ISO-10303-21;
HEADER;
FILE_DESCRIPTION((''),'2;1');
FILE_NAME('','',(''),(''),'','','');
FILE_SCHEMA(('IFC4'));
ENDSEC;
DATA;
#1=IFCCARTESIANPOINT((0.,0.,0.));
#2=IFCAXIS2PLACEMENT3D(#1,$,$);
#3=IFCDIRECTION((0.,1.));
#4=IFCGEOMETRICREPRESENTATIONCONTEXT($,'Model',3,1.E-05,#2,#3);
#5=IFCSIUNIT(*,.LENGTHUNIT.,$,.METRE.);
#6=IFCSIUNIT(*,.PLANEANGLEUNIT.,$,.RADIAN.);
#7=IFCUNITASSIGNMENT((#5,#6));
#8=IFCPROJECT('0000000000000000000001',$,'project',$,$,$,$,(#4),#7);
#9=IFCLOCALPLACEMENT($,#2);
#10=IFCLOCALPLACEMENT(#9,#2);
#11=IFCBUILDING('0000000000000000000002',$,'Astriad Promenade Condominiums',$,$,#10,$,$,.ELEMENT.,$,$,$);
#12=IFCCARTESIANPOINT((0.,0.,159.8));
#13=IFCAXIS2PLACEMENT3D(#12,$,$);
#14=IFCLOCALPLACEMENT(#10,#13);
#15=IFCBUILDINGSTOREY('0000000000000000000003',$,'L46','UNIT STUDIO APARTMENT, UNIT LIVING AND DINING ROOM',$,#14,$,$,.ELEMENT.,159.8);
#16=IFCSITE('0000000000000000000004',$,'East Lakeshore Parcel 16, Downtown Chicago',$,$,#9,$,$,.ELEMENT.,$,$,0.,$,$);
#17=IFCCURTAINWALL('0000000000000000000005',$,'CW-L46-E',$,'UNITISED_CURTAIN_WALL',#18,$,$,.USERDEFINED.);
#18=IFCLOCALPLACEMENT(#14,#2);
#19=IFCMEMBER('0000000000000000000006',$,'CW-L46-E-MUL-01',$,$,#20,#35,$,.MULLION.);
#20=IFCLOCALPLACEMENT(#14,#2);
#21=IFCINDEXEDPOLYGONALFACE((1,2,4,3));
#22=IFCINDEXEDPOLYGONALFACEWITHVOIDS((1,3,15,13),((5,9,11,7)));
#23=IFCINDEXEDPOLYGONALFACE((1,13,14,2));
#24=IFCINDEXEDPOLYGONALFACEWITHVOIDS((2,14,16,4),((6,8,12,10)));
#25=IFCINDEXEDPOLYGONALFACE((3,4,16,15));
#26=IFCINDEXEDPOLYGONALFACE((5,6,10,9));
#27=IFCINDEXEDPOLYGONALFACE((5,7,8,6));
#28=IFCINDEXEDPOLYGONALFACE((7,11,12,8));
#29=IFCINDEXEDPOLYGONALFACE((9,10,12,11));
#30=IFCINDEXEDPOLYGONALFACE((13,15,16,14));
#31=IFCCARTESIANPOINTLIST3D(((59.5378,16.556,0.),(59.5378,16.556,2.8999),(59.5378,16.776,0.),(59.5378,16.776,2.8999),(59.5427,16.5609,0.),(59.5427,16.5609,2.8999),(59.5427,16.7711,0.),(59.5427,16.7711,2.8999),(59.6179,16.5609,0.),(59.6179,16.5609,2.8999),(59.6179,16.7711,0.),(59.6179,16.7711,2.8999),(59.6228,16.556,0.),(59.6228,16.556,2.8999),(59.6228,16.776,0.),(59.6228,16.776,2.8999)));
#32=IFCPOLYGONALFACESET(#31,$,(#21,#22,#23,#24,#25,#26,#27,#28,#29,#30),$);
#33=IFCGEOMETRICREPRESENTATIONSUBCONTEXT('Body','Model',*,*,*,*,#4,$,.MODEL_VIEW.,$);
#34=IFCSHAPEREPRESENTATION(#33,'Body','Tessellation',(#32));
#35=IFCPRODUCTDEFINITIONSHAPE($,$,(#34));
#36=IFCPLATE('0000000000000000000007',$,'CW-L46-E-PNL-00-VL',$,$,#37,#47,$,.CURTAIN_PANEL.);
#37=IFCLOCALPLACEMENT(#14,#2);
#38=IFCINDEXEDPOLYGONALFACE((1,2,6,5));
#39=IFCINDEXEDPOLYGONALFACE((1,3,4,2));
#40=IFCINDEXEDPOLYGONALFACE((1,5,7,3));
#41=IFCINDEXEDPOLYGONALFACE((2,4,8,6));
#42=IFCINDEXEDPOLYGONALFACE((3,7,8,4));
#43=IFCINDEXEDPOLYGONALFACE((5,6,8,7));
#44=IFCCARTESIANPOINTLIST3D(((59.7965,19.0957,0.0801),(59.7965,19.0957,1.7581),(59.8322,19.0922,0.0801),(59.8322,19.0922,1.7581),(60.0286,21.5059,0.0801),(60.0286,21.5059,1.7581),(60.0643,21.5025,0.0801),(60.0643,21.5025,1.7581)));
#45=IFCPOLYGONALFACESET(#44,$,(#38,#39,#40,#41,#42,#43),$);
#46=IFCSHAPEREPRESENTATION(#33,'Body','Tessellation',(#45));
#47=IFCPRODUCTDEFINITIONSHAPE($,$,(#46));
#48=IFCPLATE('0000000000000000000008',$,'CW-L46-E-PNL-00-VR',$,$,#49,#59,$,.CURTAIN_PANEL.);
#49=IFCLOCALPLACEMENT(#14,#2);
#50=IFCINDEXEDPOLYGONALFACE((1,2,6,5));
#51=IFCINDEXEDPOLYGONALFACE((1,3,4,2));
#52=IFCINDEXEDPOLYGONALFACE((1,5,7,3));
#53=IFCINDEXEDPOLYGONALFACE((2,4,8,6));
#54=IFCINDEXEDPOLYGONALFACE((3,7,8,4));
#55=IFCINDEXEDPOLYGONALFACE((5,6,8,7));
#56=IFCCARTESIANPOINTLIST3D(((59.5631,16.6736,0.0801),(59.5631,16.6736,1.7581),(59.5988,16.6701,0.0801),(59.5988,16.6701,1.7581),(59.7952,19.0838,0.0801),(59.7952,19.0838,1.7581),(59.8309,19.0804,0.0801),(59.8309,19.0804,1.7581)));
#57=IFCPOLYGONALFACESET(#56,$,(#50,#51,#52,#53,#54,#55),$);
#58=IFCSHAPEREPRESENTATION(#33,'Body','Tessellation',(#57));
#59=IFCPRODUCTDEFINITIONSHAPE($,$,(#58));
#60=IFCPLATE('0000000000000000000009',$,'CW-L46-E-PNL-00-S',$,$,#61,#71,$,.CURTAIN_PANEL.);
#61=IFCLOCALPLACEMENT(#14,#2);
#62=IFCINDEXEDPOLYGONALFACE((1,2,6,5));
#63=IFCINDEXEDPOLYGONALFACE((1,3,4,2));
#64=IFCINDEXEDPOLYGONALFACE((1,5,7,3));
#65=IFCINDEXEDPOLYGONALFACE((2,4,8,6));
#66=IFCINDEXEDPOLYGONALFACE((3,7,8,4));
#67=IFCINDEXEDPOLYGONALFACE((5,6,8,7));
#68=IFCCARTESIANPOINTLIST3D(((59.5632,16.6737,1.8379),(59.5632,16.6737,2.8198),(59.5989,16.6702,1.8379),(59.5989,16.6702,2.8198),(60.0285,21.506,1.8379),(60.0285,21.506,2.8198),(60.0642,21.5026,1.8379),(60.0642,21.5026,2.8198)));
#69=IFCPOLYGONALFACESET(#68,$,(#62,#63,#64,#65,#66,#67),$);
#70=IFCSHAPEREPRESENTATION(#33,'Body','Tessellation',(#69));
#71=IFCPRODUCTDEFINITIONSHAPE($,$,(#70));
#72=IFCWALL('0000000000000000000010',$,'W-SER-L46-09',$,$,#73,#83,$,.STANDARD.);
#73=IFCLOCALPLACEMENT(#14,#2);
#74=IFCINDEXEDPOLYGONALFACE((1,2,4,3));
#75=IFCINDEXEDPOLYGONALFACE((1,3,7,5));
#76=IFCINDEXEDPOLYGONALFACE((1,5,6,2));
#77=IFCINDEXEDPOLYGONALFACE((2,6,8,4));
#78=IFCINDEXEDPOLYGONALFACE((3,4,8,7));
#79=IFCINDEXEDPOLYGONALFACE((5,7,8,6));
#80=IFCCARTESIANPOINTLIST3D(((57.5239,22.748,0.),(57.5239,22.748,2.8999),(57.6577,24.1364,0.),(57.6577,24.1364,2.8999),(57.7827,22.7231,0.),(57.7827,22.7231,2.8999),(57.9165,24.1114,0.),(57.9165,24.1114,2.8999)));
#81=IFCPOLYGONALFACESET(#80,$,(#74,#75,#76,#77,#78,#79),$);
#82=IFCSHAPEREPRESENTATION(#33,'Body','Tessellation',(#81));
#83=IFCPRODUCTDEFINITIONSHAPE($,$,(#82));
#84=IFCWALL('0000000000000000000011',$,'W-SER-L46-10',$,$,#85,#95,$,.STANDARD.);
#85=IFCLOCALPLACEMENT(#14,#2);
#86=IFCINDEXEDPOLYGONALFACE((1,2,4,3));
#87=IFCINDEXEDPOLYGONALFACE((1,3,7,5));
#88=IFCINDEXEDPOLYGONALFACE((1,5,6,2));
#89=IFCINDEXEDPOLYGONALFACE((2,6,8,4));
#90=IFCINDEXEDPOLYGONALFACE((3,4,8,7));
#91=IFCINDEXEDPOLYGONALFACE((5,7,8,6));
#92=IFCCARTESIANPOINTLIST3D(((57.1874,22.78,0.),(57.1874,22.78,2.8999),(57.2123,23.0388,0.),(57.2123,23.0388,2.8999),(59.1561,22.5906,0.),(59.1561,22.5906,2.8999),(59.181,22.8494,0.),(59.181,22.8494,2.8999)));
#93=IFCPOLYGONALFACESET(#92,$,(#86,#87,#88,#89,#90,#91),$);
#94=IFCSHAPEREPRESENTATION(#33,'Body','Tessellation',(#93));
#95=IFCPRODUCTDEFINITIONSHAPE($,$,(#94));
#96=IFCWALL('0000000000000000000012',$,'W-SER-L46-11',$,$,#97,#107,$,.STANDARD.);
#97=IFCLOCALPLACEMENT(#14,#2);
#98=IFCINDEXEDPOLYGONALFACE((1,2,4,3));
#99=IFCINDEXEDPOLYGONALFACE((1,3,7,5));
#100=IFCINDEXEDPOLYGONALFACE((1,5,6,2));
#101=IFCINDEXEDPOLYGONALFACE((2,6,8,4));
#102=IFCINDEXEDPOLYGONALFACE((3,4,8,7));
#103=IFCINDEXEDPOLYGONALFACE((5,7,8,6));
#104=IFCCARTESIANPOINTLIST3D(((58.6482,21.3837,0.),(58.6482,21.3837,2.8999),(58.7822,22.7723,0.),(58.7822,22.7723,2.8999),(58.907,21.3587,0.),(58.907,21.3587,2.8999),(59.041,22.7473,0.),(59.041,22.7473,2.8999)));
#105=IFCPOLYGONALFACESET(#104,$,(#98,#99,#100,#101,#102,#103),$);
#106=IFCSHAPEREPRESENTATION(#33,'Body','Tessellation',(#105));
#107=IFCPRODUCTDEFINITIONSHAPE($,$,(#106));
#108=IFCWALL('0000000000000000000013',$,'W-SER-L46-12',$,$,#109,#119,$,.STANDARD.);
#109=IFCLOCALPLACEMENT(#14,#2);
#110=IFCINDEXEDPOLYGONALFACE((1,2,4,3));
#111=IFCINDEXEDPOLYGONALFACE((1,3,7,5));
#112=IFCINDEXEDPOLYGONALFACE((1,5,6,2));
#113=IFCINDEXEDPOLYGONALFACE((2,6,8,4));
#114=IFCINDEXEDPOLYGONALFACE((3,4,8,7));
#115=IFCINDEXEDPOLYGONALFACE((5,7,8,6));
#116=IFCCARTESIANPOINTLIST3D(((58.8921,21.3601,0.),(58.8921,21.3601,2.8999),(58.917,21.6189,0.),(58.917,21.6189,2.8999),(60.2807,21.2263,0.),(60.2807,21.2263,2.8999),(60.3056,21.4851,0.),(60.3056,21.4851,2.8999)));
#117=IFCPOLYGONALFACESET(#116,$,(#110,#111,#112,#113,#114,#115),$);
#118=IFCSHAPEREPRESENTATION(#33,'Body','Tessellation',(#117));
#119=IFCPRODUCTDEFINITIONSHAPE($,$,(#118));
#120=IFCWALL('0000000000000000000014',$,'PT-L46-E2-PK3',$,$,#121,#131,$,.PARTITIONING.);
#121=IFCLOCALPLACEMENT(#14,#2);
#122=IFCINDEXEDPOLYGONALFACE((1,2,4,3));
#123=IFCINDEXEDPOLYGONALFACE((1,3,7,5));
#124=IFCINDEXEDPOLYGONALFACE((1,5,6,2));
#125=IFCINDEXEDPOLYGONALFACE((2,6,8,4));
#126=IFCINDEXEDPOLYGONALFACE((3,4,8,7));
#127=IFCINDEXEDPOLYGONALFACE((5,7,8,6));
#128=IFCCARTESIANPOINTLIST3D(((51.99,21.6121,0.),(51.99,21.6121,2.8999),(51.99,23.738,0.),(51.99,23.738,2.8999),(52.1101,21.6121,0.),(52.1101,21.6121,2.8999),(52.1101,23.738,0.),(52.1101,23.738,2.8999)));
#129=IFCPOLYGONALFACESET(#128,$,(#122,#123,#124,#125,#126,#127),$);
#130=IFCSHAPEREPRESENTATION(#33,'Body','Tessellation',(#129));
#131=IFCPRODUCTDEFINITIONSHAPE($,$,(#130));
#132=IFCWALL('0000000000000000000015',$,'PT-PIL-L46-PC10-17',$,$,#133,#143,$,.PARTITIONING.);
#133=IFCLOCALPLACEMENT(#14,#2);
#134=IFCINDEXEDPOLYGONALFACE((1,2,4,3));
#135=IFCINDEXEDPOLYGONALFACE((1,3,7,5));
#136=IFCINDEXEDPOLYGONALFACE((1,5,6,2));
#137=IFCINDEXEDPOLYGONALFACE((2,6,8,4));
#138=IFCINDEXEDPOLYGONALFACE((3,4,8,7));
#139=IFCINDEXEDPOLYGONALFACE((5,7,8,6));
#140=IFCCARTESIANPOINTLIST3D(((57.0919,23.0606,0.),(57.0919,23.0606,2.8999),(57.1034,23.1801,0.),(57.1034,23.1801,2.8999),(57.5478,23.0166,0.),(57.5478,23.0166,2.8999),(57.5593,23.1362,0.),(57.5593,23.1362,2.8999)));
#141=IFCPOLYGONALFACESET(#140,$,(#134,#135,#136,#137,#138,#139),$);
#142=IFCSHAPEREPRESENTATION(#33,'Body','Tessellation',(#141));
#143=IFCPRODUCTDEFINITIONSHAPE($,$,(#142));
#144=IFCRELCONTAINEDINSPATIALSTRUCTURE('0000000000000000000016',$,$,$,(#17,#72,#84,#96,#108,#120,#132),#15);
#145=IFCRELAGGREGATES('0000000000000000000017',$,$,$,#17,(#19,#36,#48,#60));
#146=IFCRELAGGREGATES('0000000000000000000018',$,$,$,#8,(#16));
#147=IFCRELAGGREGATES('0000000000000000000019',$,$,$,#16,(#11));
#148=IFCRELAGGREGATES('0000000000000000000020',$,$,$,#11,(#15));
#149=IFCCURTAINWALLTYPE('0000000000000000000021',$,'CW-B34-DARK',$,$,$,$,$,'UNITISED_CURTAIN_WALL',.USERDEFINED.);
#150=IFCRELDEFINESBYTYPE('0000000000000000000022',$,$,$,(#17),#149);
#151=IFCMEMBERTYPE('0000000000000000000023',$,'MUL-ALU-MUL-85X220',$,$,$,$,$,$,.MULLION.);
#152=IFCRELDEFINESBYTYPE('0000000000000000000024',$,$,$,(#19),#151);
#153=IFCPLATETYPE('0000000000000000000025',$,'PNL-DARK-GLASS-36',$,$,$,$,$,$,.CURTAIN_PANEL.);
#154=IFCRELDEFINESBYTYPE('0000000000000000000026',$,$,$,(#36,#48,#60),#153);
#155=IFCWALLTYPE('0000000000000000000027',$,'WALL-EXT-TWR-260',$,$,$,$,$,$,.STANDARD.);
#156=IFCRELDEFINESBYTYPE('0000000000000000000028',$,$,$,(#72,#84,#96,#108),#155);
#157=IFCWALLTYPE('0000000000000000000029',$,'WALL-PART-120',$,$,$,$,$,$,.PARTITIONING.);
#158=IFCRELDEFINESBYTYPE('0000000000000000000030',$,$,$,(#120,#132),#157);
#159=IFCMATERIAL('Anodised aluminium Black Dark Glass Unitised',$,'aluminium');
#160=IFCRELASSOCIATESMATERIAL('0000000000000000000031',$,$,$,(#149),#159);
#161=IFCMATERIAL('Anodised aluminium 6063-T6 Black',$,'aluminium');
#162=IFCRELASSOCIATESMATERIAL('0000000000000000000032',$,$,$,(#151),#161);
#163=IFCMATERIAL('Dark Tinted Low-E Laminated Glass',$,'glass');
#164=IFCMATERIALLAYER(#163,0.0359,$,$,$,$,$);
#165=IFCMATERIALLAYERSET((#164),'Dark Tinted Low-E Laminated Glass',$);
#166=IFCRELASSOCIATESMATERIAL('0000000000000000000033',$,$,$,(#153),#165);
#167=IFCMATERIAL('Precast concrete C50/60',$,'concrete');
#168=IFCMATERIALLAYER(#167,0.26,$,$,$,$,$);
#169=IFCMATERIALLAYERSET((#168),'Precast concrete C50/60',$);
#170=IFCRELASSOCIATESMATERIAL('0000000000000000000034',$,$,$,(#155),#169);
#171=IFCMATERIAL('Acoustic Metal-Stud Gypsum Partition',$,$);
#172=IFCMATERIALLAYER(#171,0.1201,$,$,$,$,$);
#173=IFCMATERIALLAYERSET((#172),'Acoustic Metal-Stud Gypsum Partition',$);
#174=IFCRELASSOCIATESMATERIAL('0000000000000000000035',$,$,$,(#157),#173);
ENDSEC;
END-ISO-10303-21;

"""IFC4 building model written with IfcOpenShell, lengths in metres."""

from ifc_helpers import new_model, si_unit, direction, frame, frame_2d, origin, origin_2d, place, context, subcontext, project, spatial, rectangle, hollow_rectangle, extrude, source, transform, mapped, material, layer, layer_set, material_profile, profile_set, type_object, type_shapes, element, aggregate, save


model = new_model("IFC4")

# Units and contexts
model_context = context("Model", 3, precision=1e-05, world=origin(), true_north=direction((0.0, 1.0)))
body_context = subcontext(model_context, "Body", "Model", "MODEL_VIEW")
ifc_project = project(units=[si_unit("LENGTHUNIT", "METRE"), si_unit("PLANEANGLEUNIT", "RADIAN")], contexts=[model_context])

# Site, building, storey
site_placement = place(None, origin())
site = spatial("IfcSite", under=ifc_project, at=site_placement, Name="East Lakeshore Parcel 16, Downtown Chicago", CompositionType="ELEMENT", RefElevation=0.0)
building_placement = place(site_placement, origin())
building = spatial("IfcBuilding", under=site, at=building_placement, Name="Astriad Promenade Condominiums", CompositionType="ELEMENT")
storey_placement = place(building_placement, frame((0.0, 0.0, 159.8)))
storey = spatial("IfcBuildingStorey", under=building, at=storey_placement, Name="L46", Description="UNIT STUDIO APARTMENT, UNIT LIVING AND DINING ROOM", CompositionType="ELEMENT", Elevation=159.8)

# Curtain wall, member, plates
ifc_material_1 = material(Name="Anodised aluminium Black Dark Glass Unitised", Category="aluminium")
curtain_wall_type = type_object("IfcCurtainWallType", Name="CW-B34-DARK", ElementType="UNITISED_CURTAIN_WALL", PredefinedType="USERDEFINED", material=ifc_material_1)
curtain_wall_placement = place(storey_placement, origin())
curtain_wall = element("IfcCurtainWall", 1, at=curtain_wall_placement, inside=storey, type_object=curtain_wall_type, Name="CW-L46-E", ObjectType="UNITISED_CURTAIN_WALL", PredefinedType="USERDEFINED")
ifc_material_2 = material(Name="Anodised aluminium 6063-T6 Black", Category="aluminium")
ifc_material_profile_1 = material_profile(ifc_material_2, hollow_rectangle(XDim=0.085, YDim=0.22, WallThickness=0.0049, at=origin_2d()), Name="ALU-MUL-85X220")
ifc_profile_set_1 = profile_set([ifc_material_profile_1], Name="Anodised aluminium 6063-T6 Black")
member_type_1 = type_object("IfcMemberType", Name="MUL-ALU-MUL-85X220", PredefinedType="MULLION", material=ifc_profile_set_1)
shared_shape_1 = source(origin(), body_context, "Body", "SweptSolid", [
    extrude(hollow_rectangle(XDim=0.085, YDim=0.22, WallThickness=0.0049, at=origin_2d()), origin(), (0.0, 0.0, 1.0), 2.8999),
])
type_shapes(member_type_1, [shared_shape_1])
member_1_placement = place(storey_placement, frame((59.5803, 16.666, 0.0), z_axis=(0.0, 0.0, 1.0), x_axis=(1.0, 0.0, 0.0)))
member_1 = element("IfcMember", 2, at=member_1_placement, type_object=member_type_1, Name="CW-L46-E-MUL-01", PredefinedType="MULLION", context=body_context, shape_type="MappedRepresentation", body=[
    mapped(shared_shape_1, transform((0.0, 0.0, 0.0), scale=1.0)),
])
ifc_material_3 = material(Name="Dark Tinted Low-E Laminated Glass", Category="glass")
ifc_layer_1 = layer(ifc_material_3, 0.0359)
ifc_layer_set_1 = layer_set([ifc_layer_1], Name="Dark Tinted Low-E Laminated Glass")
plate_type = type_object("IfcPlateType", Name="PNL-DARK-GLASS-36", PredefinedType="CURTAIN_PANEL", material=ifc_layer_set_1)
shared_shape_2 = source(origin(), body_context, "Body", "SweptSolid", [
    extrude(rectangle(XDim=2.4214, YDim=0.0359, at=origin_2d()), origin(), (0.0, 0.0, 1.0), 1.678),
])
plate_1_placement = place(storey_placement, frame((59.9304, 20.2991, 0.0801), z_axis=(0.0, 0.0, 1.0), x_axis=(-0.095846, -0.995396, 0.0)))
plate_1 = element("IfcPlate", 3, at=plate_1_placement, type_object=plate_type, Name="CW-L46-E-PNL-00-VL", PredefinedType="CURTAIN_PANEL", context=body_context, shape_type="MappedRepresentation", body=[
    mapped(shared_shape_2, transform((0.0, 0.0, 0.0), scale=1.0)),
])
plate_2_placement = place(storey_placement, frame((59.697, 17.877, 0.0801), z_axis=(0.0, 0.0, 1.0), x_axis=(-0.095846, -0.995396, 0.0)))
plate_2 = element("IfcPlate", 4, at=plate_2_placement, type_object=plate_type, Name="CW-L46-E-PNL-00-VR", PredefinedType="CURTAIN_PANEL", context=body_context, shape_type="MappedRepresentation", body=[
    mapped(shared_shape_2, transform((0.0, 0.0, 0.0), scale=1.0)),
])
shared_shape_3 = source(origin(), body_context, "Body", "SweptSolid", [
    extrude(rectangle(XDim=4.8547, YDim=0.0359, at=origin_2d()), origin(), (0.0, 0.0, 1.0), 0.9819),
])
type_shapes(plate_type, [shared_shape_2, shared_shape_3])
plate_3_placement = place(storey_placement, frame((59.8137, 19.0881, 1.8379), z_axis=(0.0, 0.0, 1.0), x_axis=(-0.095846, -0.995396, 0.0)))
plate_3 = element("IfcPlate", 5, at=plate_3_placement, type_object=plate_type, Name="CW-L46-E-PNL-00-S", PredefinedType="CURTAIN_PANEL", context=body_context, shape_type="MappedRepresentation", body=[
    mapped(shared_shape_3, transform((0.0, 0.0, 0.0), scale=1.0)),
])
aggregate(curtain_wall, [member_1, plate_1, plate_2, plate_3])

# Walls
ifc_material_4 = material(Name="Precast concrete C50/60", Category="concrete")
ifc_layer_2 = layer(ifc_material_4, 0.26)
ifc_layer_set_2 = layer_set([ifc_layer_2], Name="Precast concrete C50/60")
wall_type_1 = type_object("IfcWallType", Name="WALL-EXT-TWR-260", PredefinedType="STANDARD", material=ifc_layer_set_2)
wall_1_placement = place(storey_placement, frame((57.7871, 24.1238, 0.0), z_axis=(0.0, 0.0, 1.0), x_axis=(-0.095916, -0.995389, 0.0)))
element("IfcWall", 6, at=wall_1_placement, inside=storey, type_object=wall_type_1, Name="W-SER-L46-09", PredefinedType="STANDARD", context=body_context, shape_type="SweptSolid", body=[
    extrude(rectangle(XDim=1.3948, YDim=0.26, at=frame_2d((0.6973, 0.0))), origin(), (0.0, 0.0, 1.0), 2.8999),
])
wall_2_placement = place(storey_placement, frame((57.2, 22.9094, 0.0), z_axis=(0.0, 0.0, 1.0), x_axis=(0.995402, -0.095788, 0.0)))
element("IfcWall", 7, at=wall_2_placement, inside=storey, type_object=wall_type_1, Name="W-SER-L46-10", PredefinedType="STANDARD", context=body_context, shape_type="SweptSolid", body=[
    extrude(rectangle(XDim=1.9778, YDim=0.26, at=frame_2d((0.9888, 0.0))), origin(), (0.0, 0.0, 1.0), 2.8999),
])
for number, where, z_axis, x_axis, name in (
    (8, (58.9116, 22.7598, 0.0), (0.0, 0.0, 1.0), (-0.096073, -0.995374, 0.0), "W-SER-L46-11"),
    (9, (58.9045, 21.4895, 0.0), (0.0, 0.0, 1.0), (0.995391, -0.095899, 0.0), "W-SER-L46-12"),
):
    element("IfcWall", number, at=place(storey_placement, frame(where, z_axis=z_axis, x_axis=x_axis)), inside=storey, type_object=wall_type_1, Name=name, PredefinedType="STANDARD", context=body_context, shape_type="SweptSolid", body=[
        extrude(rectangle(XDim=1.395, YDim=0.26, at=frame_2d((0.6975, 0.0))), origin(), (0.0, 0.0, 1.0), 2.8999),
    ])
ifc_material_5 = material(Name="Acoustic Metal-Stud Gypsum Partition")
ifc_layer_3 = layer(ifc_material_5, 0.1201)
ifc_layer_set_3 = layer_set([ifc_layer_3], Name="Acoustic Metal-Stud Gypsum Partition")
wall_type_2 = type_object("IfcWallType", Name="WALL-PART-120", PredefinedType="PARTITIONING", material=ifc_layer_set_3)
wall_3_placement = place(storey_placement, frame((52.05, 21.6121, 0.0), z_axis=(0.0, 0.0, 1.0), x_axis=(0.0, 1.0, 0.0)))
element("IfcWall", 10, at=wall_3_placement, inside=storey, type_object=wall_type_2, Name="PT-L46-E2-PK3", PredefinedType="PARTITIONING", context=body_context, shape_type="SweptSolid", body=[
    extrude(rectangle(XDim=2.126, YDim=0.1201, at=frame_2d((1.063, 0.0))), origin(), (0.0, 0.0, 1.0), 2.8999),
])
wall_4_placement = place(storey_placement, frame((57.0977, 23.1204, 0.0), z_axis=(0.0, 0.0, 1.0), x_axis=(0.995385, -0.095966, 0.0)))
element("IfcWall", 11, at=wall_4_placement, inside=storey, type_object=wall_type_2, Name="PT-PIL-L46-PC10-17", PredefinedType="PARTITIONING", context=body_context, shape_type="SweptSolid", body=[
    extrude(rectangle(XDim=0.458, YDim=0.1201, at=frame_2d((0.229, 0.0))), origin(), (0.0, 0.0, 1.0), 2.8999),
])

save(model, "model.ifc")
